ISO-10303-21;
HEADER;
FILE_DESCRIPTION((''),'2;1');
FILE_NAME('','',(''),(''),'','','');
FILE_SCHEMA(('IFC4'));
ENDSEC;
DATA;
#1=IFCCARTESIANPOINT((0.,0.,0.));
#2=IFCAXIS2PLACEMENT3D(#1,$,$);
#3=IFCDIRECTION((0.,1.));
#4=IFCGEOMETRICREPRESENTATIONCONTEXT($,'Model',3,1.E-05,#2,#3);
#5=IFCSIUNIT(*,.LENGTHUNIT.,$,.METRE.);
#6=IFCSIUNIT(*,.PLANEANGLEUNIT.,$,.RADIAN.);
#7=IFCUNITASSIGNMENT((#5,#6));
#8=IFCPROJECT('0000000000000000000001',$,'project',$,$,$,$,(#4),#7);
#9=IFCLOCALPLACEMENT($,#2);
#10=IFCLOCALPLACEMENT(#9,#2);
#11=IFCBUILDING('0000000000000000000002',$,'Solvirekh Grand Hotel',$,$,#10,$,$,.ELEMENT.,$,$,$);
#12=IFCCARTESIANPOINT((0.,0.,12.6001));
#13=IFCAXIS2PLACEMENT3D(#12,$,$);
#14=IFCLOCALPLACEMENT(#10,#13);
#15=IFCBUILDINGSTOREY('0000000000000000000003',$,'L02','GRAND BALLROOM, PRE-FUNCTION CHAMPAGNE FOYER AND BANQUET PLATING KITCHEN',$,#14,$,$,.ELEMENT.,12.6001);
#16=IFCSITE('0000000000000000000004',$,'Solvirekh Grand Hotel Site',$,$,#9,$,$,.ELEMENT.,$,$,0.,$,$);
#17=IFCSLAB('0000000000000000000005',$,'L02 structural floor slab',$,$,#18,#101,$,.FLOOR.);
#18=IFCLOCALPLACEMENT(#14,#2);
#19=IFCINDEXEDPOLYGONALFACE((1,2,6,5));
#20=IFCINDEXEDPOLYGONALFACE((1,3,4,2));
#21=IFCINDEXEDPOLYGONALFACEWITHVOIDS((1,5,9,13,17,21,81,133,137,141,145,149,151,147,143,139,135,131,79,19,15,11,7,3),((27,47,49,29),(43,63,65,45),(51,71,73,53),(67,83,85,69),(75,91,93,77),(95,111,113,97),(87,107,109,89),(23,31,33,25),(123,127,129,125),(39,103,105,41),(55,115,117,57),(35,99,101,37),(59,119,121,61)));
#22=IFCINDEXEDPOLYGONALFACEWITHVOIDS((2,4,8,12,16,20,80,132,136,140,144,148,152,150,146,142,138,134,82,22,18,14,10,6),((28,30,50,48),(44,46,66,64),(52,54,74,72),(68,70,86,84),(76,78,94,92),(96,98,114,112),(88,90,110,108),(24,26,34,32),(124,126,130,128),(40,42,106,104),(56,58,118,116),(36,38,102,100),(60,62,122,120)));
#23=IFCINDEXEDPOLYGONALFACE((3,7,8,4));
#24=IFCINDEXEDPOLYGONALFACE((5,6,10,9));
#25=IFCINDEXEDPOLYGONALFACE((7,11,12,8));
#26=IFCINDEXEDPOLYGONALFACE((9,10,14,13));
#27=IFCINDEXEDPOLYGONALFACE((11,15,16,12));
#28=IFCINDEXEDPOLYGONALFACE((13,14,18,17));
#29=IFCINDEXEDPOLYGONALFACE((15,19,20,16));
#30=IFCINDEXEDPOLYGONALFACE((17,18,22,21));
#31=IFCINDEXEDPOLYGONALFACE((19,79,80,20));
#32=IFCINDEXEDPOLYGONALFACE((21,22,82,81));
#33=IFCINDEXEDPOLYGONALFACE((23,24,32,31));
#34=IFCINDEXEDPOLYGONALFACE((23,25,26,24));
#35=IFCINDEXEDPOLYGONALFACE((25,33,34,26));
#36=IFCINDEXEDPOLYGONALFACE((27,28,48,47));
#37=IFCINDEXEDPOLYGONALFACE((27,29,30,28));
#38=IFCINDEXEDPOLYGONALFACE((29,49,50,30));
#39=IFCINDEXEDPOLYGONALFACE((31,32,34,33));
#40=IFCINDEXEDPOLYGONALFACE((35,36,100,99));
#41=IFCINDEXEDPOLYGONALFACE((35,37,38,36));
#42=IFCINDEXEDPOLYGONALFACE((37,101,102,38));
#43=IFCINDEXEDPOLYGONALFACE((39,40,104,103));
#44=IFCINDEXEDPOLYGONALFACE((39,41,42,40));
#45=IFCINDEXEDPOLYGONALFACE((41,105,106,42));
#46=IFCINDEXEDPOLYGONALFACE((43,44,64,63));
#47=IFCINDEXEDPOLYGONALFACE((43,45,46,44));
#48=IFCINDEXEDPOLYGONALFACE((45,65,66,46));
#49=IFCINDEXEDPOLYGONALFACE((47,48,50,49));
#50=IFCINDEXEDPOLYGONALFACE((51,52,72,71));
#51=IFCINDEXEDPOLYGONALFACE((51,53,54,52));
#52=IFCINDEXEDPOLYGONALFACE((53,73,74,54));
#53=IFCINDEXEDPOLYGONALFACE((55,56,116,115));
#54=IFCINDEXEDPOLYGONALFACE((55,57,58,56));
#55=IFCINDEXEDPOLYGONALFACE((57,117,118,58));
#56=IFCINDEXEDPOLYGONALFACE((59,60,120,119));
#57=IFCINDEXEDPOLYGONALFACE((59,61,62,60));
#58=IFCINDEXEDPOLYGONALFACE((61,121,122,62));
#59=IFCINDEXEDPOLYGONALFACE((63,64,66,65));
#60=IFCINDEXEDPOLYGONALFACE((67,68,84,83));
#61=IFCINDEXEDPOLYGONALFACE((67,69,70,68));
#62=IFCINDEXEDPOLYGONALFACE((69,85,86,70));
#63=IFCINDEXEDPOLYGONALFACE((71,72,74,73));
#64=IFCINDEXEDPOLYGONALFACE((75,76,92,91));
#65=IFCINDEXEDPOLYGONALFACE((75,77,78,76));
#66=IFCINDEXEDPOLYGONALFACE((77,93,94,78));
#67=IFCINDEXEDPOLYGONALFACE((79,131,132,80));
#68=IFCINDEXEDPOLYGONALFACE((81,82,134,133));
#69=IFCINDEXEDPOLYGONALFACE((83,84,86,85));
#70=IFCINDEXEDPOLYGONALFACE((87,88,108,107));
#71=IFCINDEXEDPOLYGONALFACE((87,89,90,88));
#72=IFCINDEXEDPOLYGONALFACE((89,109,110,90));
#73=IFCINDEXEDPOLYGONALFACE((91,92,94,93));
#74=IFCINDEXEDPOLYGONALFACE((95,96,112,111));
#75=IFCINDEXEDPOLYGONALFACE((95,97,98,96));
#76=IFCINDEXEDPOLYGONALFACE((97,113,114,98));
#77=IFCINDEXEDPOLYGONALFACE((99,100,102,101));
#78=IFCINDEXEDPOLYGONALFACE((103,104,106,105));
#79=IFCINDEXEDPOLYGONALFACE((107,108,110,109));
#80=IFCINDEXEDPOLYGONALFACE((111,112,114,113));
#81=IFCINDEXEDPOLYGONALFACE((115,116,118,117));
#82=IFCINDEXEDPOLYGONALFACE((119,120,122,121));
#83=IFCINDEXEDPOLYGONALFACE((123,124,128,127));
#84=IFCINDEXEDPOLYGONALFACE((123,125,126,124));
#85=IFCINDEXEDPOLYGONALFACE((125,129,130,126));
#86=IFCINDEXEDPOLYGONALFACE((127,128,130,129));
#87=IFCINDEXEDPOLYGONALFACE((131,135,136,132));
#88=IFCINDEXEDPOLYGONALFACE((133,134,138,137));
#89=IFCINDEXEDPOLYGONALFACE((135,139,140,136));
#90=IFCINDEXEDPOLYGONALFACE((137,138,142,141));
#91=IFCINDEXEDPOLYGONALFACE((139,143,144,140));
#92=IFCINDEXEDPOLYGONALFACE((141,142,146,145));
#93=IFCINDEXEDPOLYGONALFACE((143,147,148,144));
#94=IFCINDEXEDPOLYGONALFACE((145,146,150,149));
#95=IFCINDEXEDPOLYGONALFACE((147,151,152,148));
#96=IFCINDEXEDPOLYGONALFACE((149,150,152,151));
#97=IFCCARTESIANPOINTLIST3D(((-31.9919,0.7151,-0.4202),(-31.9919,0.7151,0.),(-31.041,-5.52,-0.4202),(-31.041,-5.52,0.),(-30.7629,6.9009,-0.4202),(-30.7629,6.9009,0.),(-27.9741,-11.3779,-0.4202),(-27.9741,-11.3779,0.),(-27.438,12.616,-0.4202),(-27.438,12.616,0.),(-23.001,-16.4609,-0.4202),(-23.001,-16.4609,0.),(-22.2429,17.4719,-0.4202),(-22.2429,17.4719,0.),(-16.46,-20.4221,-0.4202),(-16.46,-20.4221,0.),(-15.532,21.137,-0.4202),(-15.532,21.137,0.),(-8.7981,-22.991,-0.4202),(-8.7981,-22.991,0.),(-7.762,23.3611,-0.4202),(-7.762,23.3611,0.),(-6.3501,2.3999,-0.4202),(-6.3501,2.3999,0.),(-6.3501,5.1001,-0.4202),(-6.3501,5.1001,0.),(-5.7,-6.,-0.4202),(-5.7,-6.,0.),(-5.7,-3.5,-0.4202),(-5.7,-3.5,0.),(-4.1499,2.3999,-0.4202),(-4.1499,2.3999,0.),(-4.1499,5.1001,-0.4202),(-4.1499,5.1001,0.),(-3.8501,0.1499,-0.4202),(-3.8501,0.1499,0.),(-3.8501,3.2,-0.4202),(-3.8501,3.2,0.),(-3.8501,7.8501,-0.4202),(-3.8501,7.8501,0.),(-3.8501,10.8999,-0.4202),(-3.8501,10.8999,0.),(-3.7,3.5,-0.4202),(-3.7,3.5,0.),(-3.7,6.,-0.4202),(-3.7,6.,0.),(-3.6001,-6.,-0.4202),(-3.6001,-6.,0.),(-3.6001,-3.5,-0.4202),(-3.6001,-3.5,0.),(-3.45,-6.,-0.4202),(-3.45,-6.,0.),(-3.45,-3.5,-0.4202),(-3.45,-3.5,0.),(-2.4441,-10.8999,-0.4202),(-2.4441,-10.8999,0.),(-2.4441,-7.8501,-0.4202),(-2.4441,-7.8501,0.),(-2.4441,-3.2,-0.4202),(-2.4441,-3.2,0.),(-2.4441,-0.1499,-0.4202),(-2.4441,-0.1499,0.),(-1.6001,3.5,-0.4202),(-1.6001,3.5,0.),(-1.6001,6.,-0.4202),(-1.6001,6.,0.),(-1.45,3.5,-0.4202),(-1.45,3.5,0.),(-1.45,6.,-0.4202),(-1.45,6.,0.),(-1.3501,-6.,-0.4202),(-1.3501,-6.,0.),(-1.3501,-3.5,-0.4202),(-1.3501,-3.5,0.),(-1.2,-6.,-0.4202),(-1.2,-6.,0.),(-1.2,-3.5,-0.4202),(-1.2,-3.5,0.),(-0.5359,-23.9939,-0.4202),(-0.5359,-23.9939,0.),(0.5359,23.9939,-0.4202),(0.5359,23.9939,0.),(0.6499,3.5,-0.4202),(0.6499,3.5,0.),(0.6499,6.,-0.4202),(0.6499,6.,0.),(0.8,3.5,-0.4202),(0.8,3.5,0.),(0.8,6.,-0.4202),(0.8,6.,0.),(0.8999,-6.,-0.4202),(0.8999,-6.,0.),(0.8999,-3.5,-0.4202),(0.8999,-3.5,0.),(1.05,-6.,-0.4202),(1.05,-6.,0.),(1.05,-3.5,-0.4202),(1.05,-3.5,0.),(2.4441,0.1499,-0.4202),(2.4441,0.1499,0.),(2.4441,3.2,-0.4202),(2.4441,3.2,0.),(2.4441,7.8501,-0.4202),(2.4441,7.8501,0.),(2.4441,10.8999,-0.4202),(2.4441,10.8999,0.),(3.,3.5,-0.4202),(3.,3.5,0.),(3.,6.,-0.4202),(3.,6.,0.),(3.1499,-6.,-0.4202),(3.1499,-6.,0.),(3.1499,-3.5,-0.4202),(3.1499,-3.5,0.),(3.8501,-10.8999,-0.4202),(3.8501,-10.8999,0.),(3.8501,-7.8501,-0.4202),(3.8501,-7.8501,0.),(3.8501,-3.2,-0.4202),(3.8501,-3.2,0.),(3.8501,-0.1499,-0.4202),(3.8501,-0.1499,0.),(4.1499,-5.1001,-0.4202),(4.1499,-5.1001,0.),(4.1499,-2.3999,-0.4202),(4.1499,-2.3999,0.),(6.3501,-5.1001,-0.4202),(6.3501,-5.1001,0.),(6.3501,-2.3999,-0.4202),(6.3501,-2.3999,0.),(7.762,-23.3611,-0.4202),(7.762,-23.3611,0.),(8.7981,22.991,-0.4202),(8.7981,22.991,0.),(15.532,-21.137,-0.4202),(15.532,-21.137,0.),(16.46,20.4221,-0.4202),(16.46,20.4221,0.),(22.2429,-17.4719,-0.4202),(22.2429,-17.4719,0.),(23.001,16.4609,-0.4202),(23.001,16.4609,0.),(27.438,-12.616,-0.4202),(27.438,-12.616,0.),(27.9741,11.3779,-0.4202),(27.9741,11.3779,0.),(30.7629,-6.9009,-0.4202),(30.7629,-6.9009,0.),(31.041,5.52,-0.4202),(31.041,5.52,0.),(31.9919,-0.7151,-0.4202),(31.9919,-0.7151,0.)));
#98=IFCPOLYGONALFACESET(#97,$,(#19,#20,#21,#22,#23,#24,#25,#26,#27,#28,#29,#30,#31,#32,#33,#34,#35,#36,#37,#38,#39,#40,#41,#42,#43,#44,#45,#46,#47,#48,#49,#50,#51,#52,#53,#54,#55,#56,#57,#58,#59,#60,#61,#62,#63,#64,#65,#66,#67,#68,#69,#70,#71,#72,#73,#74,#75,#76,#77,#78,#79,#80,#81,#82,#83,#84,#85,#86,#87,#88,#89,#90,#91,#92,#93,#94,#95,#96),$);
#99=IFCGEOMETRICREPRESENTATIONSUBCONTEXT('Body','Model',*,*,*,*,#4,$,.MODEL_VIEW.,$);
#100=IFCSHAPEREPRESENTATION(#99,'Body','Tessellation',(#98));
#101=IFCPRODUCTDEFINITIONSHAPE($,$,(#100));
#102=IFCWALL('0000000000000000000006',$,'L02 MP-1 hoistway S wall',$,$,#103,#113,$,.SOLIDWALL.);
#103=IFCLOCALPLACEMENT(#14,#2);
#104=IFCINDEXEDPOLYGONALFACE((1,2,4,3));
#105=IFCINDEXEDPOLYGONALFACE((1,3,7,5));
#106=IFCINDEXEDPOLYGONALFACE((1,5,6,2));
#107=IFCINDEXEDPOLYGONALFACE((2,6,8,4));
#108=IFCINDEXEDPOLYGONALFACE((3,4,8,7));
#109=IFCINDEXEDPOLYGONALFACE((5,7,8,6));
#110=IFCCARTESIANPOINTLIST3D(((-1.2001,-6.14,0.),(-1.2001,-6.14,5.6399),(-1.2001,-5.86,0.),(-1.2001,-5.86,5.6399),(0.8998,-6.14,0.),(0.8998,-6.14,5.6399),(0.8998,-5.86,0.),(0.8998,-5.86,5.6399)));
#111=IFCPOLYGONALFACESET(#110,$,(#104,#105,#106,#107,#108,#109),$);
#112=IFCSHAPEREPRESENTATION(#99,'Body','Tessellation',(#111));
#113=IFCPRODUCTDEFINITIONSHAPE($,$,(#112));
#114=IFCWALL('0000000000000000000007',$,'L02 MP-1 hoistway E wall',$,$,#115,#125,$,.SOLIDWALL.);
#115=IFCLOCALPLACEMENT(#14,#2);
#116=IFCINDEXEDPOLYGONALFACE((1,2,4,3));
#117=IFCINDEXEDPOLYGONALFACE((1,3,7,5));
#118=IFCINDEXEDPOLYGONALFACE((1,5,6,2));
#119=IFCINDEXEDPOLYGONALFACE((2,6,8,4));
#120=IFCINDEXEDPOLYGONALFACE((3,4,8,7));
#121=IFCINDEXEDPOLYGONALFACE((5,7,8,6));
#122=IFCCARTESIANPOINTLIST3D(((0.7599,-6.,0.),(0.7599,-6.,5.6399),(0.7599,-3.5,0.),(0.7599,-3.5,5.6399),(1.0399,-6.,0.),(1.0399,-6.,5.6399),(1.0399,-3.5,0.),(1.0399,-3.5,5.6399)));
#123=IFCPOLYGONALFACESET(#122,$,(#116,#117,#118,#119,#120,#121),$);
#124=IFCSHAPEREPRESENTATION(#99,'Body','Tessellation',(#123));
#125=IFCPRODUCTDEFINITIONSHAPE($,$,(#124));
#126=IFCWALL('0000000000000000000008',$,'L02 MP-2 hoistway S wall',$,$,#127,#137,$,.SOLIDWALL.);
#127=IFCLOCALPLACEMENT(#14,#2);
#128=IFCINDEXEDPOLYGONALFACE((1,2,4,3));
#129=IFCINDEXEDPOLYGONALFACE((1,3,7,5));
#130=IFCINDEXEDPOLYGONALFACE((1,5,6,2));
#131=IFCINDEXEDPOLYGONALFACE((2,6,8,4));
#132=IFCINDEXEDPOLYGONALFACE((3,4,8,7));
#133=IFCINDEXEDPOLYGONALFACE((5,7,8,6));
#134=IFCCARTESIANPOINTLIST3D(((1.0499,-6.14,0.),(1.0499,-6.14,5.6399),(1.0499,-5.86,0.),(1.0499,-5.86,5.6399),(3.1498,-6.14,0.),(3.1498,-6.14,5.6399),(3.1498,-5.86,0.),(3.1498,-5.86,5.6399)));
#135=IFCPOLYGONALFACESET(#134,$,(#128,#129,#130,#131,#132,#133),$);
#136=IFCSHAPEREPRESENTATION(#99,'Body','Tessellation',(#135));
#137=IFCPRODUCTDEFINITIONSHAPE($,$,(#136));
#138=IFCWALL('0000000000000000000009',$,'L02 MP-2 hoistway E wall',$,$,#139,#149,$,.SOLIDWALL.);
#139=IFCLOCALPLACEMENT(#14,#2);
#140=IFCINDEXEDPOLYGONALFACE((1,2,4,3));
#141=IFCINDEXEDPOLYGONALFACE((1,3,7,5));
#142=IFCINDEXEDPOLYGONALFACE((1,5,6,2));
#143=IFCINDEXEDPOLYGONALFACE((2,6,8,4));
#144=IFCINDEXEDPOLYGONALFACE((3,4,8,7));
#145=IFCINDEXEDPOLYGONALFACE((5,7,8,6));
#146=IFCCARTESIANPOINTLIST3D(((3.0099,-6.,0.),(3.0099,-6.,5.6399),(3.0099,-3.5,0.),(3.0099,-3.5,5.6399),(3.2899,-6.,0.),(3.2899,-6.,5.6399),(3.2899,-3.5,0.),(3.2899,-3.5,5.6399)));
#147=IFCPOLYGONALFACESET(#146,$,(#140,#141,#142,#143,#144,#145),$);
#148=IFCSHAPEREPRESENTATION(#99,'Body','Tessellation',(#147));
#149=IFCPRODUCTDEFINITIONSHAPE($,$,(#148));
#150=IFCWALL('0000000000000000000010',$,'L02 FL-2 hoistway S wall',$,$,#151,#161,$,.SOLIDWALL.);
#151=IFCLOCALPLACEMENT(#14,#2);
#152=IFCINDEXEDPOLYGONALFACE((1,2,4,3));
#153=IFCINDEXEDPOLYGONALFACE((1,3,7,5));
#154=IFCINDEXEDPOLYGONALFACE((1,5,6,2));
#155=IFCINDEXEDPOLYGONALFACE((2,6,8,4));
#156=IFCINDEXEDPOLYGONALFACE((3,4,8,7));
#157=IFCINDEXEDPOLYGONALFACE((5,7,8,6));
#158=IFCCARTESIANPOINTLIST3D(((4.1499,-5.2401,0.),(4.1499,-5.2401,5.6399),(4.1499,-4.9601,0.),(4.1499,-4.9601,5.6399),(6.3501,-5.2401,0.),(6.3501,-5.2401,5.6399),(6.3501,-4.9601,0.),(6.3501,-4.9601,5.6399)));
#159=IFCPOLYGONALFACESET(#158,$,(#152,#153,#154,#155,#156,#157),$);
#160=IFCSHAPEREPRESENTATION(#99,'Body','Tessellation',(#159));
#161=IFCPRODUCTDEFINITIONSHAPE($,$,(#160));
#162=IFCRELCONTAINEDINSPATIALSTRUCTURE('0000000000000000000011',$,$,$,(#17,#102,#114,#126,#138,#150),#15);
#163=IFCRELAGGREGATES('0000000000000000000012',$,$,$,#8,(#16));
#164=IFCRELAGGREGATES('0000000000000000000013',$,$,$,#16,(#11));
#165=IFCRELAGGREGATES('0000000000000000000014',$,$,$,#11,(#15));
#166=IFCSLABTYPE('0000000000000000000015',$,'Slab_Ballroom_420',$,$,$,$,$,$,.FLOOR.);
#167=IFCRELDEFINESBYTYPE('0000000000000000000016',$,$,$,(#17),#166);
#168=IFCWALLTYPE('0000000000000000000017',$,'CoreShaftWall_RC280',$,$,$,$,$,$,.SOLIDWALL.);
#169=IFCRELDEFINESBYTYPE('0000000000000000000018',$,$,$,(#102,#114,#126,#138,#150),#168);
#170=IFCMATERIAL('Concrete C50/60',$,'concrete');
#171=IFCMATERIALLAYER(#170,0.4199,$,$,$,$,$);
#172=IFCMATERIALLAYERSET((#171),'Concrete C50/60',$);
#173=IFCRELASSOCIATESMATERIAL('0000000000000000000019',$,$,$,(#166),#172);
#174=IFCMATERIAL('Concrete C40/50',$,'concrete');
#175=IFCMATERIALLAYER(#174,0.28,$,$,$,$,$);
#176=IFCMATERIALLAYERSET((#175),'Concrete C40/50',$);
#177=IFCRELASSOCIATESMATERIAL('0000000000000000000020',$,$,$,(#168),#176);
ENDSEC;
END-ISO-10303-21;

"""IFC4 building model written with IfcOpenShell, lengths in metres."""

from ifc_helpers import new_model, si_unit, direction, frame, frame_2d, origin, place, context, subcontext, project, spatial, polyline, rectangle, outline, extrude, material, layer, layer_set, type_object, element, save


model = new_model("IFC4")

# Units and contexts
model_context = context("Model", 3, precision=1e-05, world=origin(), true_north=direction((0.0, 1.0)))
body_context = subcontext(model_context, "Body", "Model", "MODEL_VIEW")
ifc_project = project(units=[si_unit("LENGTHUNIT", "METRE"), si_unit("PLANEANGLEUNIT", "RADIAN")], contexts=[model_context])

# Site, building, storey
site_placement = place(None, origin())
site = spatial("IfcSite", under=ifc_project, at=site_placement, Name="Solvirekh Grand Hotel Site", CompositionType="ELEMENT", RefElevation=0.0)
building_placement = place(site_placement, origin())
building = spatial("IfcBuilding", under=site, at=building_placement, Name="Solvirekh Grand Hotel", CompositionType="ELEMENT")
storey_placement = place(building_placement, frame((0.0, 0.0, 12.6001)))
storey = spatial("IfcBuildingStorey", under=building, at=storey_placement, Name="L02", Description="GRAND BALLROOM, PRE-FUNCTION CHAMPAGNE FOYER AND BANQUET PLATING KITCHEN", CompositionType="ELEMENT", Elevation=12.6001)

# Shared definitions
ifc_material_1 = material(Name="Concrete C40/50", Category="concrete")

# Slab
ifc_material_2 = material(Name="Concrete C50/60", Category="concrete")
ifc_layer_1 = layer(ifc_material_2, 0.4199)
ifc_layer_set_1 = layer_set([ifc_layer_1], Name="Concrete C50/60")
slab_type_1 = type_object("IfcSlabType", Name="Slab_Ballroom_420", PredefinedType="FLOOR", material=ifc_layer_set_1)
slab_1_placement = place(storey_placement, frame((0.0, 0.0, -0.4202)))
element("IfcSlab", 1, at=slab_1_placement, inside=storey, type_object=slab_type_1, Name="L02 structural floor slab", PredefinedType="FLOOR", context=body_context, shape_type="SweptSolid", body=[
    extrude(outline(polyline([(31.9919, -0.7151), (31.041, 5.52), (27.9741, 11.3779), (23.001, 16.4609), (16.46, 20.4221), (8.7981, 22.991), (0.5359, 23.9939), (-7.762, 23.3611), (-15.532, 21.137), (-22.2429, 17.4719), (-27.438, 12.616), (-30.7629, 6.9009), (-31.9919, 0.7151), (-31.041, -5.52), (-27.9741, -11.3779), (-23.001, -16.4609), (-16.46, -20.4221), (-8.7981, -22.991), (-0.5359, -23.9939), (7.762, -23.3611), (15.532, -21.137), (22.2429, -17.4719), (27.438, -12.616), (30.7629, -6.9009), (31.9919, -0.7151)]), holes=[polyline([(-2.4441, -0.1499), (3.8501, -0.1499), (3.8501, -3.2), (-2.4441, -3.2), (-2.4441, -0.1499)]), polyline([(2.4441, 0.1499), (-3.8501, 0.1499), (-3.8501, 3.2), (2.4441, 3.2), (2.4441, 0.1499)]), polyline([(-2.4441, -7.8501), (3.8501, -7.8501), (3.8501, -10.8999), (-2.4441, -10.8999), (-2.4441, -7.8501)]), polyline([(2.4441, 7.8501), (-3.8501, 7.8501), (-3.8501, 10.8999), (2.4441, 10.8999), (2.4441, 7.8501)]), polyline([(-5.7, -3.5), (-3.6001, -3.5), (-3.6001, -6.0), (-5.7, -6.0), (-5.7, -3.5)]), polyline([(-3.45, -3.5), (-1.3501, -3.5), (-1.3501, -6.0), (-3.45, -6.0), (-3.45, -3.5)]), polyline([(-1.2, -3.5), (0.8999, -3.5), (0.8999, -6.0), (-1.2, -6.0), (-1.2, -3.5)]), polyline([(1.05, -3.5), (3.1499, -3.5), (3.1499, -6.0), (1.05, -6.0), (1.05, -3.5)]), polyline([(-3.7, 6.0), (-1.6001, 6.0), (-1.6001, 3.5), (-3.7, 3.5), (-3.7, 6.0)]), polyline([(-1.45, 6.0), (0.6499, 6.0), (0.6499, 3.5), (-1.45, 3.5), (-1.45, 6.0)]), polyline([(0.8, 6.0), (3.0, 6.0), (3.0, 3.5), (0.8, 3.5), (0.8, 6.0)]), polyline([(-6.3501, 5.1001), (-4.1499, 5.1001), (-4.1499, 2.3999), (-6.3501, 2.3999), (-6.3501, 5.1001)]), polyline([(4.1499, -2.3999), (6.3501, -2.3999), (6.3501, -5.1001), (4.1499, -5.1001), (4.1499, -2.3999)])]), origin(), (0.0, 0.0, 1.0), 0.4202),
])

# Walls
ifc_layer_2 = layer(ifc_material_1, 0.28)
ifc_layer_set_2 = layer_set([ifc_layer_2], Name="Concrete C40/50")
wall_type_1 = type_object("IfcWallType", Name="CoreShaftWall_RC280", PredefinedType="SOLIDWALL", material=ifc_layer_set_2)
wall_1_placement = place(storey_placement, frame((-1.2, -6.0, 0.0), z_axis=(0.0, 0.0, 1.0), x_axis=(1.0, 0.0, 0.0)))
element("IfcWall", 2, at=wall_1_placement, inside=storey, type_object=wall_type_1, Name="L02 MP-1 hoistway S wall", PredefinedType="SOLIDWALL", context=body_context, shape_type="SweptSolid", body=[
    extrude(rectangle(XDim=2.0999, YDim=0.28, at=frame_2d((1.0498, 0.0))), origin(), (0.0, 0.0, 1.0), 5.6399),
])
wall_2_placement = place(storey_placement, frame((0.8999, -6.0, 0.0), z_axis=(0.0, 0.0, 1.0), x_axis=(0.0, 1.0, 0.0)))
element("IfcWall", 3, at=wall_2_placement, inside=storey, type_object=wall_type_1, Name="L02 MP-1 hoistway E wall", PredefinedType="SOLIDWALL", context=body_context, shape_type="SweptSolid", body=[
    extrude(rectangle(XDim=2.5, YDim=0.28, at=frame_2d((1.25, 0.0))), origin(), (0.0, 0.0, 1.0), 5.6399),
])
wall_3_placement = place(storey_placement, frame((1.05, -6.0, 0.0), z_axis=(0.0, 0.0, 1.0), x_axis=(1.0, 0.0, 0.0)))
element("IfcWall", 4, at=wall_3_placement, inside=storey, type_object=wall_type_1, Name="L02 MP-2 hoistway S wall", PredefinedType="SOLIDWALL", context=body_context, shape_type="SweptSolid", body=[
    extrude(rectangle(XDim=2.0999, YDim=0.28, at=frame_2d((1.0498, 0.0))), origin(), (0.0, 0.0, 1.0), 5.6399),
])
wall_4_placement = place(storey_placement, frame((3.1499, -6.0, 0.0), z_axis=(0.0, 0.0, 1.0), x_axis=(0.0, 1.0, 0.0)))
element("IfcWall", 5, at=wall_4_placement, inside=storey, type_object=wall_type_1, Name="L02 MP-2 hoistway E wall", PredefinedType="SOLIDWALL", context=body_context, shape_type="SweptSolid", body=[
    extrude(rectangle(XDim=2.5, YDim=0.28, at=frame_2d((1.25, 0.0))), origin(), (0.0, 0.0, 1.0), 5.6399),
])
wall_5_placement = place(storey_placement, frame((4.1499, -5.1001, 0.0), z_axis=(0.0, 0.0, 1.0), x_axis=(1.0, 0.0, 0.0)))
element("IfcWall", 6, at=wall_5_placement, inside=storey, type_object=wall_type_1, Name="L02 FL-2 hoistway S wall", PredefinedType="SOLIDWALL", context=body_context, shape_type="SweptSolid", body=[
    extrude(rectangle(XDim=2.2002, YDim=0.28, at=frame_2d((1.1001, 0.0))), origin(), (0.0, 0.0, 1.0), 5.6399),
])

save(model, "model.ifc")
